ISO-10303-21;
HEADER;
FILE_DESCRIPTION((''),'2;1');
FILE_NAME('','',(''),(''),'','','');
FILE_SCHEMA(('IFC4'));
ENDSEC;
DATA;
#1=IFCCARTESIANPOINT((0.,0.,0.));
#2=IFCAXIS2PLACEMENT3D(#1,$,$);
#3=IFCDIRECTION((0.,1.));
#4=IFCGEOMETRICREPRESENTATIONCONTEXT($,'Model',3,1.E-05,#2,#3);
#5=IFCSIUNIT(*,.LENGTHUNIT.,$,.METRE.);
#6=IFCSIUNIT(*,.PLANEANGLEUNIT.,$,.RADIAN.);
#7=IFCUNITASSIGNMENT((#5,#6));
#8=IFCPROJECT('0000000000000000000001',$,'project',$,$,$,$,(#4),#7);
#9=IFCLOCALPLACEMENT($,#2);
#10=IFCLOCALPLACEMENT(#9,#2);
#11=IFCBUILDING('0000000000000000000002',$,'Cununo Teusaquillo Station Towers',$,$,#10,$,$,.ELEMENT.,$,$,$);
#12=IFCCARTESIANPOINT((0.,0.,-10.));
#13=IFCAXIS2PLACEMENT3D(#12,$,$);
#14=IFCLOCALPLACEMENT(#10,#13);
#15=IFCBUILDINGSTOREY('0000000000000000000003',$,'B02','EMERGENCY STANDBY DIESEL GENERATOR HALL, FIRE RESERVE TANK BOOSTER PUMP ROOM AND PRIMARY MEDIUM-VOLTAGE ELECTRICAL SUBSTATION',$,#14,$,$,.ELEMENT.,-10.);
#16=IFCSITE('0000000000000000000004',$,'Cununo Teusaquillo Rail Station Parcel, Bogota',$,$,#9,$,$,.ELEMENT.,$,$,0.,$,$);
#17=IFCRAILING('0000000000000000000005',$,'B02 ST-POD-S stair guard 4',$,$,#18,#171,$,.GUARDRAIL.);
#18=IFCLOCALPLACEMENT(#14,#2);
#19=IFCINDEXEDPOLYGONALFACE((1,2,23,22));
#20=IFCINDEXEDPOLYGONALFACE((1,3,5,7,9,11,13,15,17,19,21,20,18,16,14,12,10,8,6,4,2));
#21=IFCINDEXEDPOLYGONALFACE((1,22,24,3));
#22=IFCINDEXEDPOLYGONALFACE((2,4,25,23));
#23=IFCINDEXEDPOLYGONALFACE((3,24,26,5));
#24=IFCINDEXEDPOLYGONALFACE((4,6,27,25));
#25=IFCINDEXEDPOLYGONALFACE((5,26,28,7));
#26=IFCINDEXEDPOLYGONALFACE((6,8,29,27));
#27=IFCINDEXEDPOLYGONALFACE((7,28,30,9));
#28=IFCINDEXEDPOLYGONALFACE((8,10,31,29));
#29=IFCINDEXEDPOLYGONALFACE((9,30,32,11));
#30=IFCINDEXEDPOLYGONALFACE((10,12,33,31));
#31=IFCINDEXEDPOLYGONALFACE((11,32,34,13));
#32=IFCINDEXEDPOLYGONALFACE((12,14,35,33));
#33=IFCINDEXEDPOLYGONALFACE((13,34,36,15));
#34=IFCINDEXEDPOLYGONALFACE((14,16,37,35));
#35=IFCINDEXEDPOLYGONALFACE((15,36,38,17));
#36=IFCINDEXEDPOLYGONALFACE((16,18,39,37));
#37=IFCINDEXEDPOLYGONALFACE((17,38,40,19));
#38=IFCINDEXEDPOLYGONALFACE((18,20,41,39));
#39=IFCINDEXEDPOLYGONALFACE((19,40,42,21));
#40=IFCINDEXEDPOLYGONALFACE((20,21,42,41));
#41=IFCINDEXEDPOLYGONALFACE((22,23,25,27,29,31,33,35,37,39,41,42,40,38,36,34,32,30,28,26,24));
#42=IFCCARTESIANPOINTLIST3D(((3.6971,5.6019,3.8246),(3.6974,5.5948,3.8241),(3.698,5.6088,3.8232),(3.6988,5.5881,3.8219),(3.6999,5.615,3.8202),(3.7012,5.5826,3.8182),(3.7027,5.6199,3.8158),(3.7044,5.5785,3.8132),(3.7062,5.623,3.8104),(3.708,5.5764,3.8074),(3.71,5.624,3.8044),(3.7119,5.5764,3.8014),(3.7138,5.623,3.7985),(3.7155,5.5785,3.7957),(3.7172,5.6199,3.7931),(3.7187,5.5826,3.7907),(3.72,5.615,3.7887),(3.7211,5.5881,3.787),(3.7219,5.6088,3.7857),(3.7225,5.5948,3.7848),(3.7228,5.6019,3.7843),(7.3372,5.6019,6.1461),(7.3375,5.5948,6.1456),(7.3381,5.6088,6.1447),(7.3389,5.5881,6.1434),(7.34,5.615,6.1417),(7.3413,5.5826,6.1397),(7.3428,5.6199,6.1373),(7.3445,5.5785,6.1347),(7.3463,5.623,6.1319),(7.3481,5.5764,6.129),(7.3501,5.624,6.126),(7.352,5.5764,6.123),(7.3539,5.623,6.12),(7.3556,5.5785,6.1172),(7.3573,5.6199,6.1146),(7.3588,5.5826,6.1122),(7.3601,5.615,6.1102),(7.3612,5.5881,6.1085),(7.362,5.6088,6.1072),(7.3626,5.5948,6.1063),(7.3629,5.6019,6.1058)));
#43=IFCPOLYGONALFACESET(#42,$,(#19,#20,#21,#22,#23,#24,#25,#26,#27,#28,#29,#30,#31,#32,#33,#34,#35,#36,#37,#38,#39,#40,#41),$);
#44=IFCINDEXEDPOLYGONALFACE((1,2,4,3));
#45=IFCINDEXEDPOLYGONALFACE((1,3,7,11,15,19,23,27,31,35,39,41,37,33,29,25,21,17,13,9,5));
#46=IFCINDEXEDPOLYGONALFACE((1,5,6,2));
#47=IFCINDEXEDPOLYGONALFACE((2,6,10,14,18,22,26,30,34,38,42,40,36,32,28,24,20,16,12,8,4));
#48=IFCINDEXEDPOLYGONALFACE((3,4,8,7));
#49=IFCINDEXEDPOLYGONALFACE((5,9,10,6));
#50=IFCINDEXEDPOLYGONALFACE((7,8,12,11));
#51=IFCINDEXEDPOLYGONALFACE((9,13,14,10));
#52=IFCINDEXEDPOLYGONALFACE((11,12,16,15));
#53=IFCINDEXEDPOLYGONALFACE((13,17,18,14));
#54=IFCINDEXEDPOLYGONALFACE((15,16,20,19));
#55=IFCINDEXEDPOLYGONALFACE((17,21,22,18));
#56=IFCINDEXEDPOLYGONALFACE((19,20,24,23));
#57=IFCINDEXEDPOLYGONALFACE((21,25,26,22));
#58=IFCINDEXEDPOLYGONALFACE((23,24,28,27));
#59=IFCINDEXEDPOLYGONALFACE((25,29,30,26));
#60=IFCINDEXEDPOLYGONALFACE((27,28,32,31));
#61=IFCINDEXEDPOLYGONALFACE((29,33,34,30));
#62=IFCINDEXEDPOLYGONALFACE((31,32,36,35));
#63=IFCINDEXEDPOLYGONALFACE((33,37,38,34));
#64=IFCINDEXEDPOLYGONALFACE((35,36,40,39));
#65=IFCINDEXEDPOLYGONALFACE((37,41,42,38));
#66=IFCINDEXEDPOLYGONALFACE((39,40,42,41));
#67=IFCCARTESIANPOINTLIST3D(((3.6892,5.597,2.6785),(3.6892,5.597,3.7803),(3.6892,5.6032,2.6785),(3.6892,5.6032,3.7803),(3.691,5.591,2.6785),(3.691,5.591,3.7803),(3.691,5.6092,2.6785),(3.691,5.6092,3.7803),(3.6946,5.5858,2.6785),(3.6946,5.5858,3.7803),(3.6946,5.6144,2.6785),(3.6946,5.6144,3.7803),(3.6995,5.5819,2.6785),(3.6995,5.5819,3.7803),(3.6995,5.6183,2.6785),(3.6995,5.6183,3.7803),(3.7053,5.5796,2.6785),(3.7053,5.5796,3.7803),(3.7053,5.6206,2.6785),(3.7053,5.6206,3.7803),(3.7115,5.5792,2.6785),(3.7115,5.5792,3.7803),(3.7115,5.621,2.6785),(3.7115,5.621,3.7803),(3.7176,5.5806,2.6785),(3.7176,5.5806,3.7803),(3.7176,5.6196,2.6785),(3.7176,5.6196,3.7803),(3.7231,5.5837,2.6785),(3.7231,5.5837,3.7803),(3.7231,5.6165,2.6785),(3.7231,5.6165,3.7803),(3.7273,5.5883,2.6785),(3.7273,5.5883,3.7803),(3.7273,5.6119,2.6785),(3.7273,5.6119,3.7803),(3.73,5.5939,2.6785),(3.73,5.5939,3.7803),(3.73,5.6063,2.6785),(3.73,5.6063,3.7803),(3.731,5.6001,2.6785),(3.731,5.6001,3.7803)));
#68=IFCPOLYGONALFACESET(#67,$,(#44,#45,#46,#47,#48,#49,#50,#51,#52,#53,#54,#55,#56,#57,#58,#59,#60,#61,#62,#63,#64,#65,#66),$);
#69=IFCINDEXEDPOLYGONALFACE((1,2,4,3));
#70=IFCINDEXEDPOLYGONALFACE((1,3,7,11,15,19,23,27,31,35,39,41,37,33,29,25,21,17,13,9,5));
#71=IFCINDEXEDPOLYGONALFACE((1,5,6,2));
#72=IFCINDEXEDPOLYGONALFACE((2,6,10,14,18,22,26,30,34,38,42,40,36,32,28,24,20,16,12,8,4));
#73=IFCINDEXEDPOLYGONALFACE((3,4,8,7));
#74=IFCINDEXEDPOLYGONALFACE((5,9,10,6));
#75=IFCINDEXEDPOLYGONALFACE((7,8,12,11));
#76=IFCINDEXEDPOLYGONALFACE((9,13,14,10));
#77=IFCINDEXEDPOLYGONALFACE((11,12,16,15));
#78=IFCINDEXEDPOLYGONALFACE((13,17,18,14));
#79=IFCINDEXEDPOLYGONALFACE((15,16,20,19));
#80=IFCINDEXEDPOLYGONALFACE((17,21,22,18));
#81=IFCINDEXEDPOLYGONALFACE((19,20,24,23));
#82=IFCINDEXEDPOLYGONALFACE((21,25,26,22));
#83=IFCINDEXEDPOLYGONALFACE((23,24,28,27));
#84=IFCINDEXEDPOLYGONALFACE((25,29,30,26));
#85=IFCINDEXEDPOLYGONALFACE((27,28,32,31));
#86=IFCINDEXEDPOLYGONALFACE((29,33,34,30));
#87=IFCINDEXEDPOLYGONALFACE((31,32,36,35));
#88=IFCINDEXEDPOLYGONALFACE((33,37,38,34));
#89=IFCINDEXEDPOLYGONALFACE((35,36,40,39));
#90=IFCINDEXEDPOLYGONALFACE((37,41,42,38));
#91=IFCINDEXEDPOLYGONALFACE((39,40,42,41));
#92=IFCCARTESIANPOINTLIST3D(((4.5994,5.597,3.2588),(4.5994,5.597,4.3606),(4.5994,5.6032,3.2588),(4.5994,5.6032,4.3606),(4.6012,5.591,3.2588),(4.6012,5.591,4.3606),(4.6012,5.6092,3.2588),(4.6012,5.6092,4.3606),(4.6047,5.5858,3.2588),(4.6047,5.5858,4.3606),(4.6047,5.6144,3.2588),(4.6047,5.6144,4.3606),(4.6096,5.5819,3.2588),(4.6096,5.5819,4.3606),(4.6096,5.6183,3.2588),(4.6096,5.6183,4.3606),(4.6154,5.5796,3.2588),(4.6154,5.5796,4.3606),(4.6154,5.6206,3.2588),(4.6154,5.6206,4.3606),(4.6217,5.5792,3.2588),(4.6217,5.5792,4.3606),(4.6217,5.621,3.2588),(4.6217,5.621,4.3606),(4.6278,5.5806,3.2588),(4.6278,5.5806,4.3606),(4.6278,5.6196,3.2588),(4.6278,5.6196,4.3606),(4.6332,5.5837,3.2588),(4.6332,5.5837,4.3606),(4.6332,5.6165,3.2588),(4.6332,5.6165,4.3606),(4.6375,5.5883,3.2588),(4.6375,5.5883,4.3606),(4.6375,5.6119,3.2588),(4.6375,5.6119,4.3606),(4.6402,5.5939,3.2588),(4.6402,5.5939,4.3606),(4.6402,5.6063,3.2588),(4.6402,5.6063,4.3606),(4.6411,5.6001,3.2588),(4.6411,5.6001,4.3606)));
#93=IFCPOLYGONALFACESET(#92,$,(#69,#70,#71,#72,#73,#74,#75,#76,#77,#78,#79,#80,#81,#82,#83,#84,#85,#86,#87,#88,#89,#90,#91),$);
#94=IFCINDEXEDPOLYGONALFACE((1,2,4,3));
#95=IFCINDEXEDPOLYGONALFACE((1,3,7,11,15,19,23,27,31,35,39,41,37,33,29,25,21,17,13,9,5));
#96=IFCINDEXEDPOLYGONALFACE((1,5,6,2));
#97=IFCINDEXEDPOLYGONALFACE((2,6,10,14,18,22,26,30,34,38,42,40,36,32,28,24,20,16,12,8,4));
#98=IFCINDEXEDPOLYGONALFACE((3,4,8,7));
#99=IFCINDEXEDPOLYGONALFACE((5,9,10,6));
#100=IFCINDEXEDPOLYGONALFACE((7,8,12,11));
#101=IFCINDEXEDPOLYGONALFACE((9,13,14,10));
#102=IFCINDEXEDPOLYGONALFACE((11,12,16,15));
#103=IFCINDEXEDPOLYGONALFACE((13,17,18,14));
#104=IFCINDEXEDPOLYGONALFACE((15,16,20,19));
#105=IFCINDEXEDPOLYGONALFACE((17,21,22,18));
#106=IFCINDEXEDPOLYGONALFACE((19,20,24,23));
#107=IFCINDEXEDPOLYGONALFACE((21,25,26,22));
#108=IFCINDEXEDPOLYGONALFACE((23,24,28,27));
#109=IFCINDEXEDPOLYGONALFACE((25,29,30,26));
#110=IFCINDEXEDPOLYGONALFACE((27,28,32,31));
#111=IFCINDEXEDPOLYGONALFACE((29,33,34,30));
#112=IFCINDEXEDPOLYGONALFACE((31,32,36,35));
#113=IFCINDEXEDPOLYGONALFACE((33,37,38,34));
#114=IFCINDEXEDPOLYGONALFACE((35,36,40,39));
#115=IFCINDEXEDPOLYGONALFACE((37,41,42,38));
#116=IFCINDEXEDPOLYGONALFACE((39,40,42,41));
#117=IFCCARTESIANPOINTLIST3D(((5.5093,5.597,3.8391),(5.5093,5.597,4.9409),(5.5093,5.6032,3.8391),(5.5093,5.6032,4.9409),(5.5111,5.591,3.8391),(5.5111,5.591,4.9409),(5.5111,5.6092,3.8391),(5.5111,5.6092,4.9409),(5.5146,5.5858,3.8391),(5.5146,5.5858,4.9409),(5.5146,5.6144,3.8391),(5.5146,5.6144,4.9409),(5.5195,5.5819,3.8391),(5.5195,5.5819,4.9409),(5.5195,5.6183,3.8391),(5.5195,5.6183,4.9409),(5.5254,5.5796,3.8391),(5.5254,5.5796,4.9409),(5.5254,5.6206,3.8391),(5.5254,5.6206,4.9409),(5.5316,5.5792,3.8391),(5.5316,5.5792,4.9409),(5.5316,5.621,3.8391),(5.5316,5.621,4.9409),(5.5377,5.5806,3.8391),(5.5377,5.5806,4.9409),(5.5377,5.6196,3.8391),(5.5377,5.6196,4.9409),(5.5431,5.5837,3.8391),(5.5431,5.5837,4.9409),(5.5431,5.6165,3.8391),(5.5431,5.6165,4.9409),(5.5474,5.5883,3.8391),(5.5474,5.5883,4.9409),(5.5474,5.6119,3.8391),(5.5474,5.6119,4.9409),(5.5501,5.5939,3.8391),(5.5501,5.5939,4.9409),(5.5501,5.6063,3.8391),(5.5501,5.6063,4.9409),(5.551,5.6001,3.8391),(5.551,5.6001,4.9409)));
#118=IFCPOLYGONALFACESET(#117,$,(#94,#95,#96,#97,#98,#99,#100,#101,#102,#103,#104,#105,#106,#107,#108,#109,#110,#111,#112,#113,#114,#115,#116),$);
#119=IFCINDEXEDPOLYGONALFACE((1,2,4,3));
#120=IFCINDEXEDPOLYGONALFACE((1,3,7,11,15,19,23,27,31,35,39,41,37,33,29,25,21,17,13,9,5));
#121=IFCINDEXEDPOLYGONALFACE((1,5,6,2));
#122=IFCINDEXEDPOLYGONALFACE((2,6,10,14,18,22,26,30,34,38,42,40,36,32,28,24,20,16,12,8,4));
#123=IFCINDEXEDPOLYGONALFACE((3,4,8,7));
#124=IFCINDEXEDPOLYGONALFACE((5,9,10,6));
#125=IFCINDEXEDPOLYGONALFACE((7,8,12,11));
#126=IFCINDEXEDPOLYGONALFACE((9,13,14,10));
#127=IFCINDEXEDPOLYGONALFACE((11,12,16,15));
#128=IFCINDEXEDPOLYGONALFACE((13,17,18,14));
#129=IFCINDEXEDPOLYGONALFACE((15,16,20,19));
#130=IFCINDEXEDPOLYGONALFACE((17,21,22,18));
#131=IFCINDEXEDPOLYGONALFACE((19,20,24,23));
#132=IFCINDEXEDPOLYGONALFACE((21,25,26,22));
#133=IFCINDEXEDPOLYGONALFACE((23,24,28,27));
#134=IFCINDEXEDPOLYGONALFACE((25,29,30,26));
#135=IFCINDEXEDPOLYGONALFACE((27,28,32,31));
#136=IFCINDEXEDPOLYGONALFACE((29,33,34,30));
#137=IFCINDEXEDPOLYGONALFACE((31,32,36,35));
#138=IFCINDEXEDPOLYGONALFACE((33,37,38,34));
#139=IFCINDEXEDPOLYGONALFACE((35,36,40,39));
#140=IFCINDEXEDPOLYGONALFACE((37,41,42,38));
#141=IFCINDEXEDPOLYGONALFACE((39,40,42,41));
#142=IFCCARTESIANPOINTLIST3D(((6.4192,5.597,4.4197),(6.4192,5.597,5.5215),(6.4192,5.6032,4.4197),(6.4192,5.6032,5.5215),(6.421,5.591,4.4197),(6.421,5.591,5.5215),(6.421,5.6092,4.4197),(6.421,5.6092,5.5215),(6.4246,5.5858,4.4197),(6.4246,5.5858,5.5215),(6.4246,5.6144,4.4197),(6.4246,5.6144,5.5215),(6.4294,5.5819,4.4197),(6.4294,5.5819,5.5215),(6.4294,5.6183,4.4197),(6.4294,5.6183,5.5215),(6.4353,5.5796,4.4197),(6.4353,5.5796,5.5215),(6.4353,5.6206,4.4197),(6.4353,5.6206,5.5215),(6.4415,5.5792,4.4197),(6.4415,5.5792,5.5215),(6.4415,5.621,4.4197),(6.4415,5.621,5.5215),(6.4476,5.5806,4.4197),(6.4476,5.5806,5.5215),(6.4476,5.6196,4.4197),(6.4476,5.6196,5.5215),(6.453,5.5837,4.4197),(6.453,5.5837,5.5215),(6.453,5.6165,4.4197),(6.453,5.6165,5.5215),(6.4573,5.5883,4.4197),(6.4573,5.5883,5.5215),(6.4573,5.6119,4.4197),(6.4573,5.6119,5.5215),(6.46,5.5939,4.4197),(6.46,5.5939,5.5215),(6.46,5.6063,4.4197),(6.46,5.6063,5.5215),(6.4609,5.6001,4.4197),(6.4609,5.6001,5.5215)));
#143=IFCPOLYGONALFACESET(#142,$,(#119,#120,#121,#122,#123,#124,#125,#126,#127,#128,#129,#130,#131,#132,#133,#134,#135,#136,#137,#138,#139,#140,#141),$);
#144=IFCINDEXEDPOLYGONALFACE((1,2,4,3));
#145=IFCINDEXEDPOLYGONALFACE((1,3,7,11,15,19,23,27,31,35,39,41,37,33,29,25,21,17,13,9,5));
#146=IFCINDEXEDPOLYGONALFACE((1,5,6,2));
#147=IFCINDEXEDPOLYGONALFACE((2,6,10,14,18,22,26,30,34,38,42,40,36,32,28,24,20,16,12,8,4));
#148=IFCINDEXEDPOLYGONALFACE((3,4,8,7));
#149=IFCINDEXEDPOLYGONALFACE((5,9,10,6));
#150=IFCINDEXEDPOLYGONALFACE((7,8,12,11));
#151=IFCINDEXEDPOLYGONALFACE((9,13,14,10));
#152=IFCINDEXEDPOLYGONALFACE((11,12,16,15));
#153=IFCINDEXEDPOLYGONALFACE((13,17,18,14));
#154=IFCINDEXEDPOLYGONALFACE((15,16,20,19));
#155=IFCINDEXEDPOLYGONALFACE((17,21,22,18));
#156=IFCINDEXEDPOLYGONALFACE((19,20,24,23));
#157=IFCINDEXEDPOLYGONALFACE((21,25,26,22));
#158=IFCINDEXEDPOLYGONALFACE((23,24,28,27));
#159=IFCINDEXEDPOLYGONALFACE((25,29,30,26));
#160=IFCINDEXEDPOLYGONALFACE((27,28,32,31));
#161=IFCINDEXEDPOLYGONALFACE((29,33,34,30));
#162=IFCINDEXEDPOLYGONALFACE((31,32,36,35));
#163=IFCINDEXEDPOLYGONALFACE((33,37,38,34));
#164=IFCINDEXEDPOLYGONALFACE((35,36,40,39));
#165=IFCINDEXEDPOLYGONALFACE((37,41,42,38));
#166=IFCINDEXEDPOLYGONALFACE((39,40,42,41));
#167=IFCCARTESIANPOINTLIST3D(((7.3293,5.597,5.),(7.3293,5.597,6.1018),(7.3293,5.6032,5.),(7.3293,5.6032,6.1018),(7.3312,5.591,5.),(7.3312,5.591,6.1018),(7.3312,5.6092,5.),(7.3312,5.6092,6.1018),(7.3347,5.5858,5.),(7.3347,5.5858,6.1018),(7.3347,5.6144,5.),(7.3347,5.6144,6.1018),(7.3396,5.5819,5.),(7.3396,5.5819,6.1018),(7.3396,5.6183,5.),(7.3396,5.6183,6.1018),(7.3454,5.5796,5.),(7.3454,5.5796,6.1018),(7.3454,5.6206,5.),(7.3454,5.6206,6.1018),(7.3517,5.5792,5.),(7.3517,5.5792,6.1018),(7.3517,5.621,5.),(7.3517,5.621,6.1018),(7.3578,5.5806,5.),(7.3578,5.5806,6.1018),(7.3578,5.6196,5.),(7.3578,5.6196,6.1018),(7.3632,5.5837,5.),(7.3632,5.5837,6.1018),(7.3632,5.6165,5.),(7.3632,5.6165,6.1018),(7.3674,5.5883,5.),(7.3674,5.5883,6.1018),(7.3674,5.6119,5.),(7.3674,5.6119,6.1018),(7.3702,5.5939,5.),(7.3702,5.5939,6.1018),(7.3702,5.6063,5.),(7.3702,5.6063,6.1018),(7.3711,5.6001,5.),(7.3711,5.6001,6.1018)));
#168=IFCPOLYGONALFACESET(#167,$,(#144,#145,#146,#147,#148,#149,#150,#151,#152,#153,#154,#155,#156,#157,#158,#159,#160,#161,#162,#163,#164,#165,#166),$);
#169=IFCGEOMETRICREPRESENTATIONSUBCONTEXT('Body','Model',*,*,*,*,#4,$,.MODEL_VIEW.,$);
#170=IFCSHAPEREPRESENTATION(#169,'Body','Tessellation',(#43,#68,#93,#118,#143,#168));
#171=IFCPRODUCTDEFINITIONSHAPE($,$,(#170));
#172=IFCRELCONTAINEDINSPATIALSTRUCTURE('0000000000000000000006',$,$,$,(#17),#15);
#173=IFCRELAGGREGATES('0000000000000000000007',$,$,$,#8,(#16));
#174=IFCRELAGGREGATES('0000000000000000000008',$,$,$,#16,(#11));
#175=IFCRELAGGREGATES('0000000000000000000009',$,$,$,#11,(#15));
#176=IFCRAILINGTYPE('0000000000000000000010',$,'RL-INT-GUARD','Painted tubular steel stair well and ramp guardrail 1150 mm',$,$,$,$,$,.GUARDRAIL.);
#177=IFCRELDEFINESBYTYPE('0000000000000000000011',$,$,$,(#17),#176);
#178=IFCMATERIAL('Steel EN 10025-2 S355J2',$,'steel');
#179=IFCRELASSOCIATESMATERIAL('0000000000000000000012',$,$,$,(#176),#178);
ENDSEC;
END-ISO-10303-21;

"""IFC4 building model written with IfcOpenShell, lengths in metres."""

from ifc_helpers import new_model, si_unit, direction, frame, origin, origin_2d, place, context, subcontext, project, spatial, circle, extrude, material, type_object, element, save


model = new_model("IFC4")

# Units and contexts
model_context = context("Model", 3, precision=1e-05, world=origin(), true_north=direction((0.0, 1.0)))
body_context = subcontext(model_context, "Body", "Model", "MODEL_VIEW")
ifc_project = project(units=[si_unit("LENGTHUNIT", "METRE"), si_unit("PLANEANGLEUNIT", "RADIAN")], contexts=[model_context])

# Site, building, storey
site_placement = place(None, origin())
site = spatial("IfcSite", under=ifc_project, at=site_placement, Name="Cununo Teusaquillo Rail Station Parcel, Bogota", CompositionType="ELEMENT", RefElevation=0.0)
building_placement = place(site_placement, origin())
building = spatial("IfcBuilding", under=site, at=building_placement, Name="Cununo Teusaquillo Station Towers", CompositionType="ELEMENT")
storey_placement = place(building_placement, frame((0.0, 0.0, -10.0)))
storey = spatial("IfcBuildingStorey", under=building, at=storey_placement, Name="B02", Description="EMERGENCY STANDBY DIESEL GENERATOR HALL, FIRE RESERVE TANK BOOSTER PUMP ROOM AND PRIMARY MEDIUM-VOLTAGE ELECTRICAL SUBSTATION", CompositionType="ELEMENT", Elevation=-10.0)

# Railing
ifc_material_1 = material(Name="Steel EN 10025-2 S355J2", Category="steel")
railing_type_1 = type_object("IfcRailingType", Name="RL-INT-GUARD", Description="Painted tubular steel stair well and ramp guardrail 1150 mm", PredefinedType="GUARDRAIL", material=ifc_material_1)
railing_1_placement = place(storey_placement, frame((3.71, 5.6001, 2.6785)))
element("IfcRailing", 1, at=railing_1_placement, inside=storey, type_object=railing_type_1, Name="B02 ST-POD-S stair guard 4", PredefinedType="GUARDRAIL", context=body_context, shape_type="SweptSolid", body=[
    extrude(circle(Radius=0.0239, at=origin_2d()), frame((0.0, 0.0, 1.126), z_axis=(0.843128, 0.0, 0.537713), x_axis=(0.0, 1.0, 0.0)), (0.0, 0.0, 1.0), 4.3174),
    extrude(circle(Radius=0.021, at=origin_2d()), origin(), (0.0, 0.0, 1.0), 1.1018),
    extrude(circle(Radius=0.021, at=origin_2d()), frame((0.9102, 0.0, 0.5803)), (0.0, 0.0, 1.0), 1.1018),
    extrude(circle(Radius=0.021, at=origin_2d()), frame((1.8201, 0.0, 1.1606)), (0.0, 0.0, 1.0), 1.1018),
    extrude(circle(Radius=0.021, at=origin_2d()), frame((2.73, 0.0, 1.7412)), (0.0, 0.0, 1.0), 1.1018),
    extrude(circle(Radius=0.021, at=origin_2d()), frame((3.6401, 0.0, 2.3215)), (0.0, 0.0, 1.0), 1.1018),
])

save(model, "model.ifc")
